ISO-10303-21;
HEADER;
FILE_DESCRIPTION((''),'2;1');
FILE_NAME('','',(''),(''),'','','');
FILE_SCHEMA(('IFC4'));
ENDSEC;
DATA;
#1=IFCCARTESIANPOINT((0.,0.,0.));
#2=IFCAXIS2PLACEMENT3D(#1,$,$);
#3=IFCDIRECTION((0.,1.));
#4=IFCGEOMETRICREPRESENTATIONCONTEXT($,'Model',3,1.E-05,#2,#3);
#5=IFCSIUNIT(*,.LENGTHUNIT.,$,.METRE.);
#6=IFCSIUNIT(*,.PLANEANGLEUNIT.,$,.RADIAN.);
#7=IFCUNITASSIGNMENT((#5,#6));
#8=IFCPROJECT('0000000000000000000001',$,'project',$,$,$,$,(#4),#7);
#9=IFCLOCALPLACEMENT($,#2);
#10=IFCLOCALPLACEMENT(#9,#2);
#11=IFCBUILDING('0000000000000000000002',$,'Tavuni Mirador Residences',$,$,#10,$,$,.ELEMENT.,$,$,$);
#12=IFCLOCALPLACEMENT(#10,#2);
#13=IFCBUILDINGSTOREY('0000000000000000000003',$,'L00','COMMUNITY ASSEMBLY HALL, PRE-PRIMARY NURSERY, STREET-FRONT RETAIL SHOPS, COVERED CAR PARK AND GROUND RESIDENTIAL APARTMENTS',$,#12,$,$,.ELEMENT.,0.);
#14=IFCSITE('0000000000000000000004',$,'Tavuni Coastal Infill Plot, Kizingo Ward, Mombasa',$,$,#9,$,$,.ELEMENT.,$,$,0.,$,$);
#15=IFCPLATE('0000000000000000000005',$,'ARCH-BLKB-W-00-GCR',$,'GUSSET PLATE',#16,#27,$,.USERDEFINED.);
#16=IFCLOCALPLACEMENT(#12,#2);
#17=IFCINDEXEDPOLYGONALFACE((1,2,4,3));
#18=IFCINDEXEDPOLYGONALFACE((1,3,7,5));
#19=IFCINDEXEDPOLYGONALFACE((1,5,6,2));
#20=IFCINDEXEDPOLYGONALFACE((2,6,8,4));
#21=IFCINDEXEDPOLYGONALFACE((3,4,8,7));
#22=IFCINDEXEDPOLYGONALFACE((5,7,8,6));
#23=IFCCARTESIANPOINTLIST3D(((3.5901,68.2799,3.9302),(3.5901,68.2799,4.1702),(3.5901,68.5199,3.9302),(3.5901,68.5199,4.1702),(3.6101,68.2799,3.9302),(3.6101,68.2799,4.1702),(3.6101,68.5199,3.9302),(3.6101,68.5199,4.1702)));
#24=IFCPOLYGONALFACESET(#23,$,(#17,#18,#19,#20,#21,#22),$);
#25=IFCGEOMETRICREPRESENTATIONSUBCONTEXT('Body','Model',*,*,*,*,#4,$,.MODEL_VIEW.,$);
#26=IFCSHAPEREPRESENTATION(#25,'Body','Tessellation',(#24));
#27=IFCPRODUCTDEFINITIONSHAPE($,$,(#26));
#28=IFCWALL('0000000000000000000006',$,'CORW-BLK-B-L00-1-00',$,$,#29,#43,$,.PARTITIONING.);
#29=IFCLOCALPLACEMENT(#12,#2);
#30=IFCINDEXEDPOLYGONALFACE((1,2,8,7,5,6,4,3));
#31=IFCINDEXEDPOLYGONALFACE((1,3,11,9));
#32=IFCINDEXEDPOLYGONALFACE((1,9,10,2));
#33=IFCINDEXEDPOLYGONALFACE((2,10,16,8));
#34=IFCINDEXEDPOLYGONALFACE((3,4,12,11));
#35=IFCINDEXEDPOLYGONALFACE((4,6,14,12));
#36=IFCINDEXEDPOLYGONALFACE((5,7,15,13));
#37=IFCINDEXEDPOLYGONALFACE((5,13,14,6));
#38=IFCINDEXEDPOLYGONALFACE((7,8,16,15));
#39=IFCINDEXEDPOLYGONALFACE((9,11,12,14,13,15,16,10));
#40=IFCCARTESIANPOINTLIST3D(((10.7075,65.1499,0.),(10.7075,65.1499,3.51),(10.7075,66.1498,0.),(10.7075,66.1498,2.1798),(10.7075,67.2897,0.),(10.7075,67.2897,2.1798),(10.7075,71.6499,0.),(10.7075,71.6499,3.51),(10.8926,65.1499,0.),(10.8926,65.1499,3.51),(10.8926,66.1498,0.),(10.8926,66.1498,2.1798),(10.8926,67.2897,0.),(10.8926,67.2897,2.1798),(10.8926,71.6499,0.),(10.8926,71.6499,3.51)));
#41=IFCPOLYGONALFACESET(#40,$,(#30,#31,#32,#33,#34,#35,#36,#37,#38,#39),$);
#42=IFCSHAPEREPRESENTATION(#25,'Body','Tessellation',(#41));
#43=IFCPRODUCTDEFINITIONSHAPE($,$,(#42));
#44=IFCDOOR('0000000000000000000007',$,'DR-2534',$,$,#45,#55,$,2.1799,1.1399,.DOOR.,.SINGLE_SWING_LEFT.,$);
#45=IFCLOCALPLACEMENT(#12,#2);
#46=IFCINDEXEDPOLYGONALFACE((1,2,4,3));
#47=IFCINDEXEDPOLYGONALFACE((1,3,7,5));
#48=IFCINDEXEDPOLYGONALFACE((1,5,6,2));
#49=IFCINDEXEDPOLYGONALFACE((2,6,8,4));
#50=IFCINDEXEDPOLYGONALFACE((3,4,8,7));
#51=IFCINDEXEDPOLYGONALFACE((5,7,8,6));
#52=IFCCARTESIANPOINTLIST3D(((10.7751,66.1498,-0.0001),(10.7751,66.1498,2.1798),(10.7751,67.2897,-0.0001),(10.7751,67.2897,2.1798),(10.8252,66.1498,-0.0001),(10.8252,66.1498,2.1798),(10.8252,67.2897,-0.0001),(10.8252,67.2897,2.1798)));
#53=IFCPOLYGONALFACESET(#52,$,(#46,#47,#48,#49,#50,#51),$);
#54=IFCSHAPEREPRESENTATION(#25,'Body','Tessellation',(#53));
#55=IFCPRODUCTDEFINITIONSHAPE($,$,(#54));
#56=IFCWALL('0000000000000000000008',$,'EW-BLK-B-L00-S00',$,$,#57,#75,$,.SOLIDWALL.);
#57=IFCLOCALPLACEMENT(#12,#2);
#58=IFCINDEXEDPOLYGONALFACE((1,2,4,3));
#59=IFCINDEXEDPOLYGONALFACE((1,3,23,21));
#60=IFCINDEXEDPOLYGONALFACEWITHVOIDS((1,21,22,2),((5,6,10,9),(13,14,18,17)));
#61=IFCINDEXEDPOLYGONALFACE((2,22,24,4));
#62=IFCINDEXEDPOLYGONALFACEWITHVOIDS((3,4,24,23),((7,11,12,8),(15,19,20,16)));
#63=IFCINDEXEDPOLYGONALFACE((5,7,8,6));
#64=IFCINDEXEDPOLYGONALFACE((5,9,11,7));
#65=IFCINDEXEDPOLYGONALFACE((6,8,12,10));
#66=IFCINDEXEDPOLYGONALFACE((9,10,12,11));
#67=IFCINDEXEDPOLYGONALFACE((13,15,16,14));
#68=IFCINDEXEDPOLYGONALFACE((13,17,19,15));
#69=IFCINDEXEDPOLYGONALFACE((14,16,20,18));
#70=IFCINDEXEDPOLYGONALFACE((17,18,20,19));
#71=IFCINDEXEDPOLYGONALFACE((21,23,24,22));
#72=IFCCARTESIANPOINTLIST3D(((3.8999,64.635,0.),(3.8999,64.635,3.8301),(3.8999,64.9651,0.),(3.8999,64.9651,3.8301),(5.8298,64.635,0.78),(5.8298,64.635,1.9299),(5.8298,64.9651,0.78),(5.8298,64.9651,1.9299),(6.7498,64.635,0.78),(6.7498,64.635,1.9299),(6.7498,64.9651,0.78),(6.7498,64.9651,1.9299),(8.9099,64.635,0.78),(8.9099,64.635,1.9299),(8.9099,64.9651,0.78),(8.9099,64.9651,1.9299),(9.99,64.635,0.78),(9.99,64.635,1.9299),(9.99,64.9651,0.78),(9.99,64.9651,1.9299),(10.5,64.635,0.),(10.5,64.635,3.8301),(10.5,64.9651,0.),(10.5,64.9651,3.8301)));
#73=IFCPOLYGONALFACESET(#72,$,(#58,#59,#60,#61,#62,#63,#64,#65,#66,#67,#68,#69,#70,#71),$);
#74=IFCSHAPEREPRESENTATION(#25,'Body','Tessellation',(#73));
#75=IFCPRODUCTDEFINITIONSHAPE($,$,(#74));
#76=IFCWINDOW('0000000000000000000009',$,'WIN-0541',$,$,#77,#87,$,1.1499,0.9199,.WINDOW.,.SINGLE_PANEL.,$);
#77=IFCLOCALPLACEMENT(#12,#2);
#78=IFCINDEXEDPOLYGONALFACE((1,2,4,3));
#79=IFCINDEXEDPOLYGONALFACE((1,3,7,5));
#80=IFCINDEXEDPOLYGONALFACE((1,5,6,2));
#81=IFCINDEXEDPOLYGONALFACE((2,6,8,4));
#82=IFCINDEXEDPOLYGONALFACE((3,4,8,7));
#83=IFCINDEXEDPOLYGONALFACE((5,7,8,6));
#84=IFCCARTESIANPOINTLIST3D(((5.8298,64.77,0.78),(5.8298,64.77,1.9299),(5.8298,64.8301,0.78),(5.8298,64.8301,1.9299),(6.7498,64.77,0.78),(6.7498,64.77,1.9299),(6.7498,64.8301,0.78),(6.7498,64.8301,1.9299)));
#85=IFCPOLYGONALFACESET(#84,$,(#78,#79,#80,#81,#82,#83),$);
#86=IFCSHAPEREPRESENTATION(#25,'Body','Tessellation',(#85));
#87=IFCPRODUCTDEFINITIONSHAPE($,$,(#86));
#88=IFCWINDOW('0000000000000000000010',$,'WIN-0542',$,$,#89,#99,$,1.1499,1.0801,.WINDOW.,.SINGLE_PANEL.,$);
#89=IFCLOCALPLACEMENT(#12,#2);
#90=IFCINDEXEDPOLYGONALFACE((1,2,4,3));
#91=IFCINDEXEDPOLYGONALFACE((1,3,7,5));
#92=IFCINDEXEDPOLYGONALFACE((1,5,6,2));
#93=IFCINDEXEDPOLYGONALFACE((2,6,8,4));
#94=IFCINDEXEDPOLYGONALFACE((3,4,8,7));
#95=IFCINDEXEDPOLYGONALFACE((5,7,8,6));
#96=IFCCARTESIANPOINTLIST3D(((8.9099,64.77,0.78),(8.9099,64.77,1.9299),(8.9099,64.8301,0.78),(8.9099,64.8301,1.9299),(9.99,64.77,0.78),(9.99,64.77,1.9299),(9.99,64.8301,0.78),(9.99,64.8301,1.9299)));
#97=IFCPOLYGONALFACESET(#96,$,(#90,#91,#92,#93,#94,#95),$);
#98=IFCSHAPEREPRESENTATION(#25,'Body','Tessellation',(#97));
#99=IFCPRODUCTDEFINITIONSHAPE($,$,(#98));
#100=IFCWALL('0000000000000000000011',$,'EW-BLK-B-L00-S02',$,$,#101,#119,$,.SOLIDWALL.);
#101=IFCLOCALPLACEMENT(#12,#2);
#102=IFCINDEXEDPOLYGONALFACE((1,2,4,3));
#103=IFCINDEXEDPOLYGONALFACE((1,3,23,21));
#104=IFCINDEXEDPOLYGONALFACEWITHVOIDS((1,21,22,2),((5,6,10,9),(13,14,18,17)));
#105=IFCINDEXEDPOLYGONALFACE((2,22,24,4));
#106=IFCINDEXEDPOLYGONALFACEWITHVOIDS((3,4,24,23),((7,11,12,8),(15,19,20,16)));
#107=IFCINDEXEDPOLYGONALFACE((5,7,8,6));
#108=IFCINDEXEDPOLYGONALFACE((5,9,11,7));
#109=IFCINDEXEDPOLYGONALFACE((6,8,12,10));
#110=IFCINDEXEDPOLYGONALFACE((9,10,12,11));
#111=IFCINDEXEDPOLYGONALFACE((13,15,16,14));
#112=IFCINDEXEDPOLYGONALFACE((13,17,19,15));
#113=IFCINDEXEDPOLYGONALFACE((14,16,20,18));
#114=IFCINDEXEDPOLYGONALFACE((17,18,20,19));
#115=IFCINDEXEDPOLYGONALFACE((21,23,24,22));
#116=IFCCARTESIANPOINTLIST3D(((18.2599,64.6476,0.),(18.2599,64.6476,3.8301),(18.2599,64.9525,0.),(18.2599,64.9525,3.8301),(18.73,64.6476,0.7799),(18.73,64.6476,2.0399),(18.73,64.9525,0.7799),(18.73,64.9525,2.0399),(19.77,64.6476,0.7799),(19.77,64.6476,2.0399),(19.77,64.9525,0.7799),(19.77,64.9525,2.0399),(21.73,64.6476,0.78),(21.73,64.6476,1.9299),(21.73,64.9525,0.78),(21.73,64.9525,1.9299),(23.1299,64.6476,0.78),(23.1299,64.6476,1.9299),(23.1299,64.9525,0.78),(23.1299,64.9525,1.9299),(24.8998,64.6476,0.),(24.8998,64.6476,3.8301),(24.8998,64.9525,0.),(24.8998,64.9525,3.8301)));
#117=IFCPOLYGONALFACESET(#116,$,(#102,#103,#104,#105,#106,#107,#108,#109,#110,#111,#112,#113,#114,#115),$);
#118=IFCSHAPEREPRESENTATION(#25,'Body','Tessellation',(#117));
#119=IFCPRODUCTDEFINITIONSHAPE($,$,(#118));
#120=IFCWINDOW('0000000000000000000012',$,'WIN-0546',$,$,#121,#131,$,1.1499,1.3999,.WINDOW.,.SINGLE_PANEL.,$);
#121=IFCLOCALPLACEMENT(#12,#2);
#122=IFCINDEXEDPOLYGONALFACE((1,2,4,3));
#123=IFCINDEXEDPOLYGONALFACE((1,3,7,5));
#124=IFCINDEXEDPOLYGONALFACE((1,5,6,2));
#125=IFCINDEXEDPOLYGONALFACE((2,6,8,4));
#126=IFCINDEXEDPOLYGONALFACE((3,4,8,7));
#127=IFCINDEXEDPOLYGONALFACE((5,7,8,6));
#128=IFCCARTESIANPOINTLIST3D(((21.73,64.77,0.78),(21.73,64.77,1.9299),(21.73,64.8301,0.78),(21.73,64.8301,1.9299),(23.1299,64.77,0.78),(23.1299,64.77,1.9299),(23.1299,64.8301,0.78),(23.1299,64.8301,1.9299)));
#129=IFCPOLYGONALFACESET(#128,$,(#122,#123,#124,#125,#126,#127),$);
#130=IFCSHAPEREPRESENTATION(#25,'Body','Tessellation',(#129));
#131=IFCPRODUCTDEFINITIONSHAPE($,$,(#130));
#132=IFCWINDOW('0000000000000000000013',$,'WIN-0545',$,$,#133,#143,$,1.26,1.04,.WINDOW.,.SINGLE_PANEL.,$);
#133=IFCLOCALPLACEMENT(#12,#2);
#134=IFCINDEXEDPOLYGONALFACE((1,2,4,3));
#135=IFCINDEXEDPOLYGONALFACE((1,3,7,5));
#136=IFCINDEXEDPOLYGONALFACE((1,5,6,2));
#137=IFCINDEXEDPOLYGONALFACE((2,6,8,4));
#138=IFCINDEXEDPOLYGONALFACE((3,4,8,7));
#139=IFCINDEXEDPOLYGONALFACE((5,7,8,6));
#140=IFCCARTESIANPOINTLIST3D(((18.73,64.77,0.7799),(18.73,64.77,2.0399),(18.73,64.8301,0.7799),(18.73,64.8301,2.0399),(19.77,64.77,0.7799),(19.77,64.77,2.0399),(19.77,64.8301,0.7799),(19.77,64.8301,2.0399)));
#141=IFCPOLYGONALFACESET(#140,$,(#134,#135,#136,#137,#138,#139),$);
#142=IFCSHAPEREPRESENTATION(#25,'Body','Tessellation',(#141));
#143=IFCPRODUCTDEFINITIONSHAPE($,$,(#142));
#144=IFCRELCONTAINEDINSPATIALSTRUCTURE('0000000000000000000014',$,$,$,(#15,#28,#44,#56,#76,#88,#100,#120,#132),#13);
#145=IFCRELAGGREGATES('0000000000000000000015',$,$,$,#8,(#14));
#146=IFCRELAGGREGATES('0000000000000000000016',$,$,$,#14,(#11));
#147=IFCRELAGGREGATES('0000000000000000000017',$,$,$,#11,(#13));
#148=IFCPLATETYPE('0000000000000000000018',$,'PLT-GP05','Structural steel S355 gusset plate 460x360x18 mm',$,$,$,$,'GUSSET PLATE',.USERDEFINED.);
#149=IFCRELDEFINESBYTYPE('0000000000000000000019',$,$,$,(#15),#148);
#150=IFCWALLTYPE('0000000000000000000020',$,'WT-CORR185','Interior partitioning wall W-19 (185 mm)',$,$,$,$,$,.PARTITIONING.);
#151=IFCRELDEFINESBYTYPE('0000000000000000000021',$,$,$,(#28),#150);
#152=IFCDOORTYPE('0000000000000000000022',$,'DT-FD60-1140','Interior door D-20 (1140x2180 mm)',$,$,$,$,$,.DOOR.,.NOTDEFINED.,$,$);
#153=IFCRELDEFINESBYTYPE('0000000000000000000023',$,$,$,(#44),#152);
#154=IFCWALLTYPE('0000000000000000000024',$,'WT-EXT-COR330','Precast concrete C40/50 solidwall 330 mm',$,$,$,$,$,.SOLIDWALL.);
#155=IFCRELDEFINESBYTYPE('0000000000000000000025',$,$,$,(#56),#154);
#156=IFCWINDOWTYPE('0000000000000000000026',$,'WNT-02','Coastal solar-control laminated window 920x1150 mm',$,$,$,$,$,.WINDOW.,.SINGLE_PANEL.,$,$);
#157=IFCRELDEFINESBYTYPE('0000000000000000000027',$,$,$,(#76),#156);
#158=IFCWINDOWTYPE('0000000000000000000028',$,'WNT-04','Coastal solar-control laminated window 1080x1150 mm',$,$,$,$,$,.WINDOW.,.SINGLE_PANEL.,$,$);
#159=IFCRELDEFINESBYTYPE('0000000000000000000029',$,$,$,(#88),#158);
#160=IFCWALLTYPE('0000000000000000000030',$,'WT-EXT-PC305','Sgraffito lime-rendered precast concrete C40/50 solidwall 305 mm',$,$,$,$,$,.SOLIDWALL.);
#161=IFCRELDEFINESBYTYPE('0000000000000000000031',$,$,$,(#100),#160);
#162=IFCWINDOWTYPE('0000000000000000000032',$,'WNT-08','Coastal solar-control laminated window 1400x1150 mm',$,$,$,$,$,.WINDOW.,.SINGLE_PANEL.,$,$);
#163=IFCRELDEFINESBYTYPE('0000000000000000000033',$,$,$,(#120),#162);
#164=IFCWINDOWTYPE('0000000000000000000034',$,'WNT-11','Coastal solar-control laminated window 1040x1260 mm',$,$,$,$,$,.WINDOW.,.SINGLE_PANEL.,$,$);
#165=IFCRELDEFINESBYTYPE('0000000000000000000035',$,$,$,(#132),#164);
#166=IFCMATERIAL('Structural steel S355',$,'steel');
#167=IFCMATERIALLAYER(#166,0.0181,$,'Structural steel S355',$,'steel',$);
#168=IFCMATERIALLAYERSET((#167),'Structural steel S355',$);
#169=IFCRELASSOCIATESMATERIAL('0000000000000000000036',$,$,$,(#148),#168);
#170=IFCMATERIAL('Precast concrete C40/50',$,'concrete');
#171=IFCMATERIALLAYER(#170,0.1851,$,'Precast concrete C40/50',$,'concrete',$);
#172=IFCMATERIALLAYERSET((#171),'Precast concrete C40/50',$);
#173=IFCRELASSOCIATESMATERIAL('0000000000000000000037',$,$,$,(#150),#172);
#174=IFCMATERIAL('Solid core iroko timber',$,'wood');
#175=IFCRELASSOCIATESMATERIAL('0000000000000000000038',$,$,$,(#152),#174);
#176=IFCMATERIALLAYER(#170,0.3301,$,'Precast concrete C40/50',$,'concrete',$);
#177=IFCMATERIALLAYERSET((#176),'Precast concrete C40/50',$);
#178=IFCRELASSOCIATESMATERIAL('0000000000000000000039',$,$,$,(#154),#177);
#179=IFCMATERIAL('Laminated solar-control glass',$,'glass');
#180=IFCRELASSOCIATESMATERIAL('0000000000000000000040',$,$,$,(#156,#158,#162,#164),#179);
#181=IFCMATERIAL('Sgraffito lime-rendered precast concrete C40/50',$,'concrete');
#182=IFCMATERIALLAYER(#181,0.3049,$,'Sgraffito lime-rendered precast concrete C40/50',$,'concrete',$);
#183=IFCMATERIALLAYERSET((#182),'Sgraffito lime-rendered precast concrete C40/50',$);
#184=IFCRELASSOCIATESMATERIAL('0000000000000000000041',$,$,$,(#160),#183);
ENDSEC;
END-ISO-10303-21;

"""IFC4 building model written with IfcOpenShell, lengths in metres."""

from ifc_helpers import new_model, si_unit, direction, frame, frame_2d, origin, origin_2d, place, context, subcontext, project, spatial, rectangle, extrude, material, layer, layer_set, type_object, element, fill, save


model = new_model("IFC4")

# Units and contexts
model_context = context("Model", 3, precision=1e-05, world=origin(), true_north=direction((0.0, 1.0)))
body_context = subcontext(model_context, "Body", "Model", "MODEL_VIEW")
ifc_project = project(units=[si_unit("LENGTHUNIT", "METRE"), si_unit("PLANEANGLEUNIT", "RADIAN")], contexts=[model_context])

# Site, building, storey
site_placement = place(None, origin())
site = spatial("IfcSite", under=ifc_project, at=site_placement, Name="Tavuni Coastal Infill Plot, Kizingo Ward, Mombasa", CompositionType="ELEMENT", RefElevation=0.0)
building_placement = place(site_placement, origin())
building = spatial("IfcBuilding", under=site, at=building_placement, Name="Tavuni Mirador Residences", CompositionType="ELEMENT")
storey_placement = place(building_placement, origin())
storey = spatial("IfcBuildingStorey", under=building, at=storey_placement, Name="L00", Description="COMMUNITY ASSEMBLY HALL, PRE-PRIMARY NURSERY, STREET-FRONT RETAIL SHOPS, COVERED CAR PARK AND GROUND RESIDENTIAL APARTMENTS", CompositionType="ELEMENT", Elevation=0.0)

# Shared definitions
ifc_material_1 = material(Name="Precast concrete C40/50", Category="concrete")

# Shared definitions
ifc_material_2 = material(Name="Structural steel S355", Category="steel")

# Plate
ifc_layer_1 = layer(ifc_material_2, 0.0181, Name="Structural steel S355", Category="steel")
ifc_layer_set_1 = layer_set([ifc_layer_1], Name="Structural steel S355")
plate_type = type_object("IfcPlateType", Name="PLT-GP05", Description="Structural steel S355 gusset plate 460x360x18 mm", ElementType="GUSSET PLATE", PredefinedType="USERDEFINED", material=ifc_layer_set_1)
for number, where, z_axis, x_axis, name in (
    (1, (3.6001, 68.3999, 3.9302), (0.0, 0.0, 1.0), (1.0, 0.0, 0.0), "ARCH-BLKB-W-00-GCR"),
):
    element("IfcPlate", number, at=place(storey_placement, frame(where, z_axis=z_axis, x_axis=x_axis)), inside=storey, type_object=plate_type, Name=name, ObjectType="GUSSET PLATE", PredefinedType="USERDEFINED", context=body_context, shape_type="SweptSolid", body=[
        extrude(rectangle(XDim=0.02, YDim=0.24, at=origin_2d()), origin(), (0.0, 0.0, 1.0), 0.24),
    ])

# Wall, opening, door
ifc_layer_2 = layer(ifc_material_1, 0.1851, Name="Precast concrete C40/50", Category="concrete")
ifc_layer_set_2 = layer_set([ifc_layer_2], Name="Precast concrete C40/50")
wall_type_1 = type_object("IfcWallType", Name="WT-CORR185", Description="Interior partitioning wall W-19 (185 mm)", PredefinedType="PARTITIONING", material=ifc_layer_set_2)
wall_1_placement = place(storey_placement, frame((10.8, 65.1499, 0.0), z_axis=(0.0, 0.0, 1.0), x_axis=(0.0, 1.0, 0.0)))
wall_1 = element("IfcWall", 2, at=wall_1_placement, inside=storey, type_object=wall_type_1, Name="CORW-BLK-B-L00-1-00", PredefinedType="PARTITIONING", context=body_context, shape_type="SweptSolid", body=[
    extrude(rectangle(XDim=6.5, YDim=0.1851, at=frame_2d((3.25, 0.0))), origin(), (0.0, 0.0, 1.0), 3.51),
])
opening_1_placement = place(wall_1_placement, frame((1.0, 0.0, 0.0)))
opening_1 = element("IfcOpeningElement", 3, at=opening_1_placement, cuts=wall_1, PredefinedType="OPENING", context=body_context, shape_type="SweptSolid", body=[
    extrude(rectangle(XDim=1.1399, YDim=2.1799, at=frame_2d((0.5698, 1.0898))), frame((0.0, 0.1025, 0.0), z_axis=(0.0, -1.0, 0.0), x_axis=(1.0, 0.0, 0.0)), (0.0, 0.0, 1.0), 0.2051),
])
ifc_material_3 = material(Name="Solid core iroko timber", Category="wood")
door_type_1 = type_object("IfcDoorType", Name="DT-FD60-1140", Description="Interior door D-20 (1140x2180 mm)", OperationType="NOTDEFINED", PredefinedType="DOOR", material=ifc_material_3)
door_1_placement = place(opening_1_placement, origin())
door_1 = element("IfcDoor", 4, at=door_1_placement, inside=storey, type_object=door_type_1, Name="DR-2534", OperationType="SINGLE_SWING_LEFT", OverallHeight=2.1799, OverallWidth=1.1399, PredefinedType="DOOR", context=body_context, shape_type="SweptSolid", body=[
    extrude(rectangle(XDim=1.1399, YDim=2.1799, at=frame_2d((0.5698, 1.0898))), frame((0.0, 0.0249, 0.0), z_axis=(0.0, -1.0, 0.0), x_axis=(1.0, 0.0, 0.0)), (0.0, 0.0, 1.0), 0.05),
])
fill(opening_1, door_1)

# Walls, openings, windows
ifc_layer_3 = layer(ifc_material_1, 0.3301, Name="Precast concrete C40/50", Category="concrete")
ifc_layer_set_3 = layer_set([ifc_layer_3], Name="Precast concrete C40/50")
wall_type_2 = type_object("IfcWallType", Name="WT-EXT-COR330", Description="Precast concrete C40/50 solidwall 330 mm", PredefinedType="SOLIDWALL", material=ifc_layer_set_3)
wall_2_placement = place(storey_placement, frame((3.8999, 64.8, 0.0), z_axis=(0.0, 0.0, 1.0), x_axis=(1.0, 0.0, 0.0)))
wall_2 = element("IfcWall", 5, at=wall_2_placement, inside=storey, type_object=wall_type_2, Name="EW-BLK-B-L00-S00", PredefinedType="SOLIDWALL", context=body_context, shape_type="SweptSolid", body=[
    extrude(rectangle(XDim=6.6001, YDim=0.3301, at=frame_2d((3.3, 0.0))), origin(), (0.0, 0.0, 1.0), 3.8301),
])
opening_2_placement = place(wall_2_placement, frame((1.9299, 0.0, 0.78)))
opening_2 = element("IfcOpeningElement", 6, at=opening_2_placement, cuts=wall_2, PredefinedType="OPENING", context=body_context, shape_type="SweptSolid", body=[
    extrude(rectangle(XDim=0.9199, YDim=1.1499, at=frame_2d((0.46, 0.575))), frame((0.0, 0.175, 0.0), z_axis=(0.0, -1.0, 0.0), x_axis=(1.0, 0.0, 0.0)), (0.0, 0.0, 1.0), 0.3501),
])
opening_3_placement = place(wall_2_placement, frame((5.01, 0.0, 0.78)))
opening_3 = element("IfcOpeningElement", 7, at=opening_3_placement, cuts=wall_2, PredefinedType="OPENING", context=body_context, shape_type="SweptSolid", body=[
    extrude(rectangle(XDim=1.0801, YDim=1.1499, at=frame_2d((0.54, 0.575))), frame((0.0, 0.175, 0.0), z_axis=(0.0, -1.0, 0.0), x_axis=(1.0, 0.0, 0.0)), (0.0, 0.0, 1.0), 0.3501),
])
ifc_material_4 = material(Name="Laminated solar-control glass", Category="glass")
window_type_1 = type_object("IfcWindowType", Name="WNT-02", Description="Coastal solar-control laminated window 920x1150 mm", PartitioningType="SINGLE_PANEL", PredefinedType="WINDOW", material=ifc_material_4)
window_1_placement = place(opening_2_placement, origin())
window_1 = element("IfcWindow", 8, at=window_1_placement, inside=storey, type_object=window_type_1, Name="WIN-0541", OverallHeight=1.1499, OverallWidth=0.9199, PartitioningType="SINGLE_PANEL", PredefinedType="WINDOW", context=body_context, shape_type="SweptSolid", body=[
    extrude(rectangle(XDim=0.9199, YDim=1.1499, at=frame_2d((0.46, 0.575))), frame((0.0, 0.03, 0.0), z_axis=(0.0, -1.0, 0.0), x_axis=(1.0, 0.0, 0.0)), (0.0, 0.0, 1.0), 0.0601),
])
fill(opening_2, window_1)
window_type_2 = type_object("IfcWindowType", Name="WNT-04", Description="Coastal solar-control laminated window 1080x1150 mm", PartitioningType="SINGLE_PANEL", PredefinedType="WINDOW", material=ifc_material_4)
window_2_placement = place(opening_3_placement, origin())
window_2 = element("IfcWindow", 9, at=window_2_placement, inside=storey, type_object=window_type_2, Name="WIN-0542", OverallHeight=1.1499, OverallWidth=1.0801, PartitioningType="SINGLE_PANEL", PredefinedType="WINDOW", context=body_context, shape_type="SweptSolid", body=[
    extrude(rectangle(XDim=1.0801, YDim=1.1499, at=frame_2d((0.54, 0.575))), frame((0.0, 0.03, 0.0), z_axis=(0.0, -1.0, 0.0), x_axis=(1.0, 0.0, 0.0)), (0.0, 0.0, 1.0), 0.0601),
])
fill(opening_3, window_2)
ifc_material_5 = material(Name="Sgraffito lime-rendered precast concrete C40/50", Category="concrete")
ifc_layer_4 = layer(ifc_material_5, 0.3049, Name="Sgraffito lime-rendered precast concrete C40/50", Category="concrete")
ifc_layer_set_4 = layer_set([ifc_layer_4], Name="Sgraffito lime-rendered precast concrete C40/50")
wall_type_3 = type_object("IfcWallType", Name="WT-EXT-PC305", Description="Sgraffito lime-rendered precast concrete C40/50 solidwall 305 mm", PredefinedType="SOLIDWALL", material=ifc_layer_set_4)
wall_3_placement = place(storey_placement, frame((18.26, 64.8, 0.0), z_axis=(0.0, 0.0, 1.0), x_axis=(1.0, 0.0, 0.0)))
wall_3 = element("IfcWall", 10, at=wall_3_placement, inside=storey, type_object=wall_type_3, Name="EW-BLK-B-L00-S02", PredefinedType="SOLIDWALL", context=body_context, shape_type="SweptSolid", body=[
    extrude(rectangle(XDim=6.6399, YDim=0.3049, at=frame_2d((3.3198, 0.0))), origin(), (0.0, 0.0, 1.0), 3.8301),
])
opening_4_placement = place(wall_3_placement, frame((0.47, 0.0, 0.78)))
opening_4 = element("IfcOpeningElement", 11, at=opening_4_placement, cuts=wall_3, PredefinedType="OPENING", context=body_context, shape_type="SweptSolid", body=[
    extrude(rectangle(XDim=1.04, YDim=1.26, at=frame_2d((0.52, 0.6299))), frame((0.0, 0.1626, 0.0), z_axis=(0.0, -1.0, 0.0), x_axis=(1.0, 0.0, 0.0)), (0.0, 0.0, 1.0), 0.325),
])
opening_5_placement = place(wall_3_placement, frame((3.47, 0.0, 0.78)))
opening_5 = element("IfcOpeningElement", 12, at=opening_5_placement, cuts=wall_3, PredefinedType="OPENING", context=body_context, shape_type="SweptSolid", body=[
    extrude(rectangle(XDim=1.3999, YDim=1.1499, at=frame_2d((0.7, 0.575))), frame((0.0, 0.1626, 0.0), z_axis=(0.0, -1.0, 0.0), x_axis=(1.0, 0.0, 0.0)), (0.0, 0.0, 1.0), 0.325),
])
window_type_3 = type_object("IfcWindowType", Name="WNT-08", Description="Coastal solar-control laminated window 1400x1150 mm", PartitioningType="SINGLE_PANEL", PredefinedType="WINDOW", material=ifc_material_4)
window_3_placement = place(opening_5_placement, origin())
window_3 = element("IfcWindow", 13, at=window_3_placement, inside=storey, type_object=window_type_3, Name="WIN-0546", OverallHeight=1.1499, OverallWidth=1.3999, PartitioningType="SINGLE_PANEL", PredefinedType="WINDOW", context=body_context, shape_type="SweptSolid", body=[
    extrude(rectangle(XDim=1.3999, YDim=1.1499, at=frame_2d((0.7, 0.575))), frame((0.0, 0.03, 0.0), z_axis=(0.0, -1.0, 0.0), x_axis=(1.0, 0.0, 0.0)), (0.0, 0.0, 1.0), 0.0601),
])
fill(opening_5, window_3)
window_type_4 = type_object("IfcWindowType", Name="WNT-11", Description="Coastal solar-control laminated window 1040x1260 mm", PartitioningType="SINGLE_PANEL", PredefinedType="WINDOW", material=ifc_material_4)
window_4_placement = place(opening_4_placement, origin())
window_4 = element("IfcWindow", 14, at=window_4_placement, inside=storey, type_object=window_type_4, Name="WIN-0545", OverallHeight=1.26, OverallWidth=1.04, PartitioningType="SINGLE_PANEL", PredefinedType="WINDOW", context=body_context, shape_type="SweptSolid", body=[
    extrude(rectangle(XDim=1.04, YDim=1.26, at=frame_2d((0.52, 0.6299))), frame((0.0, 0.03, 0.0), z_axis=(0.0, -1.0, 0.0), x_axis=(1.0, 0.0, 0.0)), (0.0, 0.0, 1.0), 0.0601),
])
fill(opening_4, window_4)

save(model, "model.ifc")
